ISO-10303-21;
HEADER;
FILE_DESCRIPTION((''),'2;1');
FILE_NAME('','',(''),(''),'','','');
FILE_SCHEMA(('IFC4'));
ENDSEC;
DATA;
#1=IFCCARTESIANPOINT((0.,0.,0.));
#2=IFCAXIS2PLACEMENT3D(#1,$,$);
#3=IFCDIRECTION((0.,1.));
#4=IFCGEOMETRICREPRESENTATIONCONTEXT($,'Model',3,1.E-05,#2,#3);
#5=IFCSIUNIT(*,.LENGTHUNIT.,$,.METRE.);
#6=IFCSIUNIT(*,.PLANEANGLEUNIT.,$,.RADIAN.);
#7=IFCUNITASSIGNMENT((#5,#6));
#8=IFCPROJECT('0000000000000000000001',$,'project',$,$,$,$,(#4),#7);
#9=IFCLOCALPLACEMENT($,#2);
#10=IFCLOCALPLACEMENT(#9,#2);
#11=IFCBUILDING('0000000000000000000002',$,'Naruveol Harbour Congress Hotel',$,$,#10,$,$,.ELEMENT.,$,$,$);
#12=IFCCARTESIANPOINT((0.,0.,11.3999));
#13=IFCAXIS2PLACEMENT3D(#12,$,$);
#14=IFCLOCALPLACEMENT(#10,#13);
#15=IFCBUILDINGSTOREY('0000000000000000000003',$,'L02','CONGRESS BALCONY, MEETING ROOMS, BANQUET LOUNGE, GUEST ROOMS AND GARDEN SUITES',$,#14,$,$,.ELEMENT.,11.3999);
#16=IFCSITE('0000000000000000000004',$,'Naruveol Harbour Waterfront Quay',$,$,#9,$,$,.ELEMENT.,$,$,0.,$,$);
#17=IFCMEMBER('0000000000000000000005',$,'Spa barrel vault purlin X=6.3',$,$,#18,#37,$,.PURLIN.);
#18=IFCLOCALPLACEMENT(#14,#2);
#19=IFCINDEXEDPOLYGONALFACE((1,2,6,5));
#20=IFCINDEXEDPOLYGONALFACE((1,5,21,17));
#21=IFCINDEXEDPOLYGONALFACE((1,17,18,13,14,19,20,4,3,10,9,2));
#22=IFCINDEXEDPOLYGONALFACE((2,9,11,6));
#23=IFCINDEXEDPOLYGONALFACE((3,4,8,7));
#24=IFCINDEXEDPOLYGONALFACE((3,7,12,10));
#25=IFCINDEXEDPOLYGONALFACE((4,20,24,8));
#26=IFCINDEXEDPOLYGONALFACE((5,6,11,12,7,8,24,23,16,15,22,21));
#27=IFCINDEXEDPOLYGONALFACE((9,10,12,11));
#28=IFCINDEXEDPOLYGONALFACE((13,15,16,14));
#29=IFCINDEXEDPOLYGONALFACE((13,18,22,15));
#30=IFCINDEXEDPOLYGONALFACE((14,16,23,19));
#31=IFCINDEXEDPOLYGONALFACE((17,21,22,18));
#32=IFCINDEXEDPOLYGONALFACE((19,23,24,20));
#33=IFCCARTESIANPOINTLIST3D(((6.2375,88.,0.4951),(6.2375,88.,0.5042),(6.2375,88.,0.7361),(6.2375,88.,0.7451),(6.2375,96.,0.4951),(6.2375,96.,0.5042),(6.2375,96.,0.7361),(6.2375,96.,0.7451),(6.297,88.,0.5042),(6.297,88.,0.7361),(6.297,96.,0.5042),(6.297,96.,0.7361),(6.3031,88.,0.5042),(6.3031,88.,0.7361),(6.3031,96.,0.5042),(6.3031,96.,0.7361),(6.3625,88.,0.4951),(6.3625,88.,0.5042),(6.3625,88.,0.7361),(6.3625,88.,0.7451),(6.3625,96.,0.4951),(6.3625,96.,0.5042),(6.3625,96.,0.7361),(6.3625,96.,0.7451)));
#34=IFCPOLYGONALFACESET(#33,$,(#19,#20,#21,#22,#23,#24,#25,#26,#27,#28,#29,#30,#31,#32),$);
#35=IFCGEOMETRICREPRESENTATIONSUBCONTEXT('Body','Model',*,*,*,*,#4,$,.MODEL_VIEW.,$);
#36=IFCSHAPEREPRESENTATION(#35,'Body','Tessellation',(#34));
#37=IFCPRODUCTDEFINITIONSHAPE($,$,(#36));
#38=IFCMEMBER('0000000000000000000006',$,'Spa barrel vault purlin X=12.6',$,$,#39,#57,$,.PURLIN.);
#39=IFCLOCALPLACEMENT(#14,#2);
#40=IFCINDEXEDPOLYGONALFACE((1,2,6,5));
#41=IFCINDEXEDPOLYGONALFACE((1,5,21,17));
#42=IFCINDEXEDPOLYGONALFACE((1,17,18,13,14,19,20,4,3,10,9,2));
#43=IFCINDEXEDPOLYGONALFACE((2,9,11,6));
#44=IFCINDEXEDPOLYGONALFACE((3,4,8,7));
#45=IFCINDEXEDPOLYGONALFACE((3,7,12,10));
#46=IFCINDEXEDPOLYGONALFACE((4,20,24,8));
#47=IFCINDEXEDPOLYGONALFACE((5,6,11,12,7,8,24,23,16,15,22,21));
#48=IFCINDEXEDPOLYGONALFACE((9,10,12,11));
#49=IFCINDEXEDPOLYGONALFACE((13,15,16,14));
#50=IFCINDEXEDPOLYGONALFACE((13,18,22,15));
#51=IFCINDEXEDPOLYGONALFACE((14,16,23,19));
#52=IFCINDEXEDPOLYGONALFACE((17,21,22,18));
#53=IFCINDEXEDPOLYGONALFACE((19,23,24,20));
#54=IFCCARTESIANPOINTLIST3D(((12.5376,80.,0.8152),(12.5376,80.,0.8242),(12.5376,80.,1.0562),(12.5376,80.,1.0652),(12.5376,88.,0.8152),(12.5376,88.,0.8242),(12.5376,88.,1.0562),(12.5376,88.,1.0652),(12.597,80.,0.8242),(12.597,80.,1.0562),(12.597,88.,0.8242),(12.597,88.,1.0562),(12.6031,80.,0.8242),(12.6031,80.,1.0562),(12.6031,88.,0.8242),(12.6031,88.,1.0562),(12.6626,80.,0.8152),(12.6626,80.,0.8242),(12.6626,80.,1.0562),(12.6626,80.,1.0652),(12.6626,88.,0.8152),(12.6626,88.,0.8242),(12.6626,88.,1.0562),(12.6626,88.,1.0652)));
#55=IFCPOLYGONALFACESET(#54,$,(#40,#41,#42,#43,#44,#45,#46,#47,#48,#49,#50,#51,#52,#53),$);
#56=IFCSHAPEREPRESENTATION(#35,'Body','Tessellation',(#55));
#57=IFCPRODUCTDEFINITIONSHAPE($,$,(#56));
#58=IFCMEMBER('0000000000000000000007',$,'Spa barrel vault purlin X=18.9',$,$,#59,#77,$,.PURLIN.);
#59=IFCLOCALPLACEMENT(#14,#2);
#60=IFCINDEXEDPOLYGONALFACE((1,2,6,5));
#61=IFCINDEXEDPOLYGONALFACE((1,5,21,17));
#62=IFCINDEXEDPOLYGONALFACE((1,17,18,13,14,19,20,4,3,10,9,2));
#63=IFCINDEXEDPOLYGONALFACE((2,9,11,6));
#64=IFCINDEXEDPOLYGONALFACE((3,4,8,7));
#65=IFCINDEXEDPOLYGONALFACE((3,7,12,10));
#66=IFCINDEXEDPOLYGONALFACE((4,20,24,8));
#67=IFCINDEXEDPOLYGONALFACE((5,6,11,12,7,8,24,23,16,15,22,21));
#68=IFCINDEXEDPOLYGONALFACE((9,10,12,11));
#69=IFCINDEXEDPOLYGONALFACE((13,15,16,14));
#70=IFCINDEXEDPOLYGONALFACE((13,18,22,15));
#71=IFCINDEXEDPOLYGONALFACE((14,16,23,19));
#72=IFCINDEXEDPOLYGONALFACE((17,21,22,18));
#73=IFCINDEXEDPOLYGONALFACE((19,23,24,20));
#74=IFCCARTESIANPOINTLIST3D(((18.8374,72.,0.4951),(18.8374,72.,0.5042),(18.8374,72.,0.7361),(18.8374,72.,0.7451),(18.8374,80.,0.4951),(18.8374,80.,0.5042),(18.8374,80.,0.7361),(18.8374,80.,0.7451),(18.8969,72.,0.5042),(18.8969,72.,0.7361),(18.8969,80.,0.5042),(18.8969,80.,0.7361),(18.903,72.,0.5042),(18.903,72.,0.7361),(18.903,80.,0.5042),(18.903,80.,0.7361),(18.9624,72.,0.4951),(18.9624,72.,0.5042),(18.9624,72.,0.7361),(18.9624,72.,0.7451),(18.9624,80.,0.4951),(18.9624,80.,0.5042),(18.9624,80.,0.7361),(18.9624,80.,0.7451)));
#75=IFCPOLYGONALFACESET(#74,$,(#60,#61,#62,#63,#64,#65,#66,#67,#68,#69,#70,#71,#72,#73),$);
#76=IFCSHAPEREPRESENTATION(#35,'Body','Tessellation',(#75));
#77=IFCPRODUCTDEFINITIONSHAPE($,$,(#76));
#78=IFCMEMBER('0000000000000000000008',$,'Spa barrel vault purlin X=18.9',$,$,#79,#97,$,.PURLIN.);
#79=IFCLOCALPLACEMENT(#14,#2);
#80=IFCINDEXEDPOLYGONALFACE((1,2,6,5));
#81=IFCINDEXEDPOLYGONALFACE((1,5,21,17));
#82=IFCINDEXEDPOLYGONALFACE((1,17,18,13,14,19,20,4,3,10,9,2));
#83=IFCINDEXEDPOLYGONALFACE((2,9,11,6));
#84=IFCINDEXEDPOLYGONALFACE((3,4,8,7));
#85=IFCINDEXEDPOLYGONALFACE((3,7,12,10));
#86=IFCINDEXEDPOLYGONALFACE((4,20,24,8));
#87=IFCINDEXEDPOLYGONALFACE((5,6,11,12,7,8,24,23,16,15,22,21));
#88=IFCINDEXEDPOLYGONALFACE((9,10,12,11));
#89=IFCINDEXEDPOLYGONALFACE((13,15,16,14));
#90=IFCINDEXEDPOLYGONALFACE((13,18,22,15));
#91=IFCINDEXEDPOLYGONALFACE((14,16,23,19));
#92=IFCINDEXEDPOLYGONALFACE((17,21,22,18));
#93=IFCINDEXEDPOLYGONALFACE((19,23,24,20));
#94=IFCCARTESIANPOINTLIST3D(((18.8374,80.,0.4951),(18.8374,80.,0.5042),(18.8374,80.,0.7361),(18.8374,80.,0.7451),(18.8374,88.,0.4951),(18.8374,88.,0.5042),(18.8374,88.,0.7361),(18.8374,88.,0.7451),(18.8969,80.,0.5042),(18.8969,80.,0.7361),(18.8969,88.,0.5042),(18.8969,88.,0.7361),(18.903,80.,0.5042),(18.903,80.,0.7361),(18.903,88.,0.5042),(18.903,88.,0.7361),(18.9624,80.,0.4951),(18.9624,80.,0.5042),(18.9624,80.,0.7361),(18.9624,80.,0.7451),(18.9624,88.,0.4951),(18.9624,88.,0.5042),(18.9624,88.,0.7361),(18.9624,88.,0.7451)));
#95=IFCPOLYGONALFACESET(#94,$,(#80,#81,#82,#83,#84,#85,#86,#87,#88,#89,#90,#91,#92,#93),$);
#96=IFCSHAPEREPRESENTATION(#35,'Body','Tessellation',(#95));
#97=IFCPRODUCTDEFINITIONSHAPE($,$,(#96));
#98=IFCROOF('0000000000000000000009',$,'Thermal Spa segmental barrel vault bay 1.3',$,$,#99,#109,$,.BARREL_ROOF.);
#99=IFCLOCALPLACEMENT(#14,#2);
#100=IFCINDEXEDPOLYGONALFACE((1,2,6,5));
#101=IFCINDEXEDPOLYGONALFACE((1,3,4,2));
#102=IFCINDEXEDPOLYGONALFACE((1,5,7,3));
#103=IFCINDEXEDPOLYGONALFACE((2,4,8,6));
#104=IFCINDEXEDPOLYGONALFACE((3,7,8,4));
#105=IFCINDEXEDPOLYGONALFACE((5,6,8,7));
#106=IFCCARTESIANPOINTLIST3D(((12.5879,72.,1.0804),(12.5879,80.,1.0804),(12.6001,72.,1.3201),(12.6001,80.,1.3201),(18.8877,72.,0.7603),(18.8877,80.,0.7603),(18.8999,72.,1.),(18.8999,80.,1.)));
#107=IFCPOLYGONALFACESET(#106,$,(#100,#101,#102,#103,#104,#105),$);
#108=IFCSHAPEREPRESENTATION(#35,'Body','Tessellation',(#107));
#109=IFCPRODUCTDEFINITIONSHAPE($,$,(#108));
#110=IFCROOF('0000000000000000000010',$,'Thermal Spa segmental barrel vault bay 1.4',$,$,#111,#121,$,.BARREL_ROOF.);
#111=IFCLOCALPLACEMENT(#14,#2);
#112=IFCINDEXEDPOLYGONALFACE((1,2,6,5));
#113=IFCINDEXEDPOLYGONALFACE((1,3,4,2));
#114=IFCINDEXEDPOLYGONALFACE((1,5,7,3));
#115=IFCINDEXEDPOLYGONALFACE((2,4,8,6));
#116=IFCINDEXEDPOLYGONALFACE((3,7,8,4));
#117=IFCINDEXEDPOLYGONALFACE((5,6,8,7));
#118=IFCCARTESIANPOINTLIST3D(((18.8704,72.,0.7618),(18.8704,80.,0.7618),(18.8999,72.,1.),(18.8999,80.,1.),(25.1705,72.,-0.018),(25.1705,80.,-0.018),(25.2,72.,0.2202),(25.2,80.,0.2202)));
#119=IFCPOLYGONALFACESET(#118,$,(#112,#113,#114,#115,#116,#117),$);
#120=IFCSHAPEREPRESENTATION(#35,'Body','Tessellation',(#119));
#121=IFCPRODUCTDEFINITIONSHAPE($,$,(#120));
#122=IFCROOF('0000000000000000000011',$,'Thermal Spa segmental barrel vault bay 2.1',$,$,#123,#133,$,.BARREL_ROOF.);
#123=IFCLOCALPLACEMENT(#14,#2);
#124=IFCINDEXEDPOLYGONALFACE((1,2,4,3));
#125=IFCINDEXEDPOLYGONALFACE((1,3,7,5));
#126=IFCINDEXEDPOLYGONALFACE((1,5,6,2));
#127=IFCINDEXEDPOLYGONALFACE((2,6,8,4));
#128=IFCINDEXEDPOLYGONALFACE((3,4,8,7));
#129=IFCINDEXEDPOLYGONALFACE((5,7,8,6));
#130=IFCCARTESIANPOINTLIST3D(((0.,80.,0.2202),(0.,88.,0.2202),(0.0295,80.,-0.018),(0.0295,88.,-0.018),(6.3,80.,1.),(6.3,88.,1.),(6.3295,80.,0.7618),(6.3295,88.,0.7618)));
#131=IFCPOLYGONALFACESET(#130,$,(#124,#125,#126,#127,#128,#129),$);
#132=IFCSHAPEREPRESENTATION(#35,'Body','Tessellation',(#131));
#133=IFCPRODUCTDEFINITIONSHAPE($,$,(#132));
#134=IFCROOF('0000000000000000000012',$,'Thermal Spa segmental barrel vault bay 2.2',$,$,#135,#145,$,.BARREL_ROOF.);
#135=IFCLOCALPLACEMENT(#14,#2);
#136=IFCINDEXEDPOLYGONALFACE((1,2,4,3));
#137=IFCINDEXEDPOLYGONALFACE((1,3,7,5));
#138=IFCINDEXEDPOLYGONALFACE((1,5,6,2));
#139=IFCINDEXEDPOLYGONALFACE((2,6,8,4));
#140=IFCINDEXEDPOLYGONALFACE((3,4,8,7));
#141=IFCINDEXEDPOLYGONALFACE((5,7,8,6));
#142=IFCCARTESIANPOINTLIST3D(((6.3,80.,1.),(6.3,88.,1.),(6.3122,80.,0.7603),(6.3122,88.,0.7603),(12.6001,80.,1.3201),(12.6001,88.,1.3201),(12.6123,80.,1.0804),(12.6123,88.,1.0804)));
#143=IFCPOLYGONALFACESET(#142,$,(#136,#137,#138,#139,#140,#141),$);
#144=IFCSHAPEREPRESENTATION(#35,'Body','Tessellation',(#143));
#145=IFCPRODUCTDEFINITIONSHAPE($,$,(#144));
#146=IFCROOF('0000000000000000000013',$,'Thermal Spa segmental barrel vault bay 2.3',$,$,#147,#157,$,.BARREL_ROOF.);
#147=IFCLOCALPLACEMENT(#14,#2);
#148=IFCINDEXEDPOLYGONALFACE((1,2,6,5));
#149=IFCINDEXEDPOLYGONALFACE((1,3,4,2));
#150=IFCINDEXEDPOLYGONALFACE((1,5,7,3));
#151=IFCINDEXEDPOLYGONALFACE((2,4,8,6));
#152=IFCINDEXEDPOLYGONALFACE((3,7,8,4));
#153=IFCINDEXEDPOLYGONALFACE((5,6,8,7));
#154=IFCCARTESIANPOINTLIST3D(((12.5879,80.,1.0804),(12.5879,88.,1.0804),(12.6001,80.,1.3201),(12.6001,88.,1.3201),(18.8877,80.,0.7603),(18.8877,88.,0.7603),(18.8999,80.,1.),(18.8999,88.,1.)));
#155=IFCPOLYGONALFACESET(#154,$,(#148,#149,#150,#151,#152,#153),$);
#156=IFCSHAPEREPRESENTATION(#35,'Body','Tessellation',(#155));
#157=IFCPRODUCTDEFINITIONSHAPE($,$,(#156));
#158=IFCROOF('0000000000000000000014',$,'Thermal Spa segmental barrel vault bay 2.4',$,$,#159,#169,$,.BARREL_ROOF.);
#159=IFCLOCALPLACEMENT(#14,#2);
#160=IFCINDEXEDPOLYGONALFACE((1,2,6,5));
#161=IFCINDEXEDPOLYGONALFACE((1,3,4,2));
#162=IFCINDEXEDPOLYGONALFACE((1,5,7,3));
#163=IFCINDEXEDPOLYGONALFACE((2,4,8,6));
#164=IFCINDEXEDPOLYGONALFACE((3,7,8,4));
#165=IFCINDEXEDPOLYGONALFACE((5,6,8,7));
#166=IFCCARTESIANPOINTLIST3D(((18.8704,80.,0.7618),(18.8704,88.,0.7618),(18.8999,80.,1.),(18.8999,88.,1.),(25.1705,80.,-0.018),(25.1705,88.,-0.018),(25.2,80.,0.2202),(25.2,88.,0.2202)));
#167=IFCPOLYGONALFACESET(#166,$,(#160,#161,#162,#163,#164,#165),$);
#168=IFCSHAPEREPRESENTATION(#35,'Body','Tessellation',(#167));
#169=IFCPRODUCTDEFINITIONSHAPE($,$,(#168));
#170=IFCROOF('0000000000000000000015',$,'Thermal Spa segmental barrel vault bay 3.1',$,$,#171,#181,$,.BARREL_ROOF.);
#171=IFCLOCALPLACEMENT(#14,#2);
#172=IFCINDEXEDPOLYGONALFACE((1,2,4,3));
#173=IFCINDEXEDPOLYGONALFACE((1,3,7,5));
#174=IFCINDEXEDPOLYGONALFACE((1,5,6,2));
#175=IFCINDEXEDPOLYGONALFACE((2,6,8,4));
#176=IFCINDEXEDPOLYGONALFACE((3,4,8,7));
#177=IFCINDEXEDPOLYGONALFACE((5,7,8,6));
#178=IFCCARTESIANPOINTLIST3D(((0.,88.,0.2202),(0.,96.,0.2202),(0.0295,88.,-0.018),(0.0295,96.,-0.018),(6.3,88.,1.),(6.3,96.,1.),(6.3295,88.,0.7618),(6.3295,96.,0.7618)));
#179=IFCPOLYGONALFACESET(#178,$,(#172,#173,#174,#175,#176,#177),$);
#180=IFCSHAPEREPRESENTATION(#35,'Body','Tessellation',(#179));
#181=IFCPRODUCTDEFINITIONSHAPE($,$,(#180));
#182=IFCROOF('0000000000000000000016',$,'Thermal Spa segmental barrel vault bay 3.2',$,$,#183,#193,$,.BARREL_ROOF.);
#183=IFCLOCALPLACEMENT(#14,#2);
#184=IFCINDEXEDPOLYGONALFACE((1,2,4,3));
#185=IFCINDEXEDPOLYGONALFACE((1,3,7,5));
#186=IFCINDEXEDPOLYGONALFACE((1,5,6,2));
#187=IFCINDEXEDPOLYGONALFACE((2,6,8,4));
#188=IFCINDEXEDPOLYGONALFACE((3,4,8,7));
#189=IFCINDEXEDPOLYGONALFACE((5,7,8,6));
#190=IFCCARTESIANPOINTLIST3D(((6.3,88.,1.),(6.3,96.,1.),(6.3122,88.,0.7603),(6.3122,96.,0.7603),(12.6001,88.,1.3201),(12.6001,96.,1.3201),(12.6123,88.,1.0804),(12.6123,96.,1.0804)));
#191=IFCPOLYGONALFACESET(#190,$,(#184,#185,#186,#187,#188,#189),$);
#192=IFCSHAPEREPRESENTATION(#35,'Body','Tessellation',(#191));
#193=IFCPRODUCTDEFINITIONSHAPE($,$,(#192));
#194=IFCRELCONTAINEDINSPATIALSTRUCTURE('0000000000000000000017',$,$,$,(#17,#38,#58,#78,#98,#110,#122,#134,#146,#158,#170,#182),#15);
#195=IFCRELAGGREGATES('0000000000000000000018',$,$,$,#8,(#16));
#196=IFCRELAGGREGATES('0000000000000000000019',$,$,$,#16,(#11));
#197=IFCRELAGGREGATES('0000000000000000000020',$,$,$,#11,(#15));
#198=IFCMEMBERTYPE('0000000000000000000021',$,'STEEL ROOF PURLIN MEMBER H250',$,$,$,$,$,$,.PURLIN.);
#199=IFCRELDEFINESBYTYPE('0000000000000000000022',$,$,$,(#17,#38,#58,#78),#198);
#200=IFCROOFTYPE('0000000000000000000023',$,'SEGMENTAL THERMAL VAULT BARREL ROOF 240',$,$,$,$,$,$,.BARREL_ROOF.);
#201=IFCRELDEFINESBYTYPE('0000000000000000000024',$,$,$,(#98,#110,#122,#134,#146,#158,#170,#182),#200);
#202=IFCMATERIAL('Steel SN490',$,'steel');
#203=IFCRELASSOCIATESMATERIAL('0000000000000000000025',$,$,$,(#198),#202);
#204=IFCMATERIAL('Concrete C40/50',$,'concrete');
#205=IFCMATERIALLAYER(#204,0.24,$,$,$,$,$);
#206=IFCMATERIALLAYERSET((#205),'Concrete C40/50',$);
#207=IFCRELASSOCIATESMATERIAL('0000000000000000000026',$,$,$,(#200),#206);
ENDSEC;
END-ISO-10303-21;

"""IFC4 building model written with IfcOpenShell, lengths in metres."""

from ifc_helpers import new_model, si_unit, direction, frame, origin, origin_2d, place, context, subcontext, project, spatial, polyline, i_section, outline, extrude, material, layer, layer_set, material_profile, profile_set, type_object, element, save


model = new_model("IFC4")

# Units and contexts
model_context = context("Model", 3, precision=1e-05, world=origin(), true_north=direction((0.0, 1.0)))
body_context = subcontext(model_context, "Body", "Model", "MODEL_VIEW")
ifc_project = project(units=[si_unit("LENGTHUNIT", "METRE"), si_unit("PLANEANGLEUNIT", "RADIAN")], contexts=[model_context])

# Site, building, storey
site_placement = place(None, origin())
site = spatial("IfcSite", under=ifc_project, at=site_placement, Name="Naruveol Harbour Waterfront Quay", CompositionType="ELEMENT", RefElevation=0.0)
building_placement = place(site_placement, origin())
building = spatial("IfcBuilding", under=site, at=building_placement, Name="Naruveol Harbour Congress Hotel", CompositionType="ELEMENT")
storey_placement = place(building_placement, frame((0.0, 0.0, 11.3999)))
storey = spatial("IfcBuildingStorey", under=building, at=storey_placement, Name="L02", Description="CONGRESS BALCONY, MEETING ROOMS, BANQUET LOUNGE, GUEST ROOMS AND GARDEN SUITES", CompositionType="ELEMENT", Elevation=11.3999)

# Members
ifc_material_1 = material(Name="Steel SN490", Category="steel")
ifc_material_profile_1 = material_profile(ifc_material_1, i_section(OverallWidth=0.125, OverallDepth=0.25, WebThickness=0.0061, FlangeThickness=0.009, at=origin_2d()), Name="H-250x125x6x9")
ifc_profile_set_1 = profile_set([ifc_material_profile_1], Name="Steel SN490")
member_type_1 = type_object("IfcMemberType", Name="STEEL ROOF PURLIN MEMBER H250", PredefinedType="PURLIN", material=ifc_profile_set_1)
for number, where, z_axis, x_axis, name in (
    (1, (6.3, 88.0, 0.6201), (0.0, 1.0, 0.0), (-1.0, 0.0, 0.0), "Spa barrel vault purlin X=6.3"),
    (2, (12.6001, 80.0, 0.9402), (0.0, 1.0, 0.0), (-1.0, 0.0, 0.0), "Spa barrel vault purlin X=12.6"),
    (3, (18.8999, 72.0, 0.6201), (0.0, 1.0, 0.0), (-1.0, 0.0, 0.0), "Spa barrel vault purlin X=18.9"),
    (4, (18.8999, 80.0, 0.6201), (0.0, 1.0, 0.0), (-1.0, 0.0, 0.0), "Spa barrel vault purlin X=18.9"),
):
    element("IfcMember", number, at=place(storey_placement, frame(where, z_axis=z_axis, x_axis=x_axis)), inside=storey, type_object=member_type_1, Name=name, PredefinedType="PURLIN", context=body_context, shape_type="SweptSolid", body=[
        extrude(i_section(OverallWidth=0.125, OverallDepth=0.25, WebThickness=0.0061, FlangeThickness=0.009, at=origin_2d()), origin(), (0.0, 0.0, 1.0), 8.0),
    ])

# Roofs
ifc_material_2 = material(Name="Concrete C40/50", Category="concrete")
ifc_layer = layer(ifc_material_2, 0.24)
ifc_layer_set = layer_set([ifc_layer], Name="Concrete C40/50")
roof_type = type_object("IfcRoofType", Name="SEGMENTAL THERMAL VAULT BARREL ROOF 240", PredefinedType="BARREL_ROOF", material=ifc_layer_set)
roof_1_placement = place(storey_placement, frame((12.6001, 72.0, 1.3201), z_axis=(0.050741, 0.0, 0.998712), x_axis=(0.998712, 0.0, -0.050741)))
element("IfcRoof", 5, at=roof_1_placement, inside=storey, type_object=roof_type, Name="Thermal Spa segmental barrel vault bay 1.3", PredefinedType="BARREL_ROOF", context=body_context, shape_type="SweptSolid", body=[
    extrude(outline(polyline([(0.0, 0.0), (6.3079, 0.0), (6.3079, 8.0), (0.0, 8.0), (0.0, 0.0)])), origin(), (0.0, 0.0, -1.0), 0.24),
])
for number, where, z_axis, x_axis, name in (
    (6, (18.8999, 72.0, 1.0), (0.122837, 0.0, 0.992427), (0.992427, 0.0, -0.122837), "Thermal Spa segmental barrel vault bay 1.4"),
    (7, (0.0, 80.0, 0.2202), (-0.122837, 0.0, 0.992427), (0.992427, 0.0, 0.122837), "Thermal Spa segmental barrel vault bay 2.1"),
):
    element("IfcRoof", number, at=place(storey_placement, frame(where, z_axis=z_axis, x_axis=x_axis)), inside=storey, type_object=roof_type, Name=name, PredefinedType="BARREL_ROOF", context=body_context, shape_type="SweptSolid", body=[
        extrude(outline(polyline([(0.0, 0.0), (6.3481, 0.0), (6.3481, 8.0), (0.0, 8.0), (0.0, 0.0)])), origin(), (0.0, 0.0, -1.0), 0.24),
    ])
roof_2_placement = place(storey_placement, frame((6.3, 80.0, 1.0), z_axis=(-0.050739, 0.0, 0.998712), x_axis=(0.998712, 0.0, 0.050739)))
element("IfcRoof", 8, at=roof_2_placement, inside=storey, type_object=roof_type, Name="Thermal Spa segmental barrel vault bay 2.2", PredefinedType="BARREL_ROOF", context=body_context, shape_type="SweptSolid", body=[
    extrude(outline(polyline([(0.0, 0.0), (6.3082, 0.0), (6.3082, 8.0), (0.0, 8.0), (0.0, 0.0)])), origin(), (0.0, 0.0, -1.0), 0.24),
])
roof_3_placement = place(storey_placement, frame((12.6001, 80.0, 1.3201), z_axis=(0.050741, 0.0, 0.998712), x_axis=(0.998712, 0.0, -0.050741)))
element("IfcRoof", 9, at=roof_3_placement, inside=storey, type_object=roof_type, Name="Thermal Spa segmental barrel vault bay 2.3", PredefinedType="BARREL_ROOF", context=body_context, shape_type="SweptSolid", body=[
    extrude(outline(polyline([(0.0, 0.0), (6.3079, 0.0), (6.3079, 8.0), (0.0, 8.0), (0.0, 0.0)])), origin(), (0.0, 0.0, -1.0), 0.24),
])
for number, where, z_axis, x_axis, name in (
    (10, (18.8999, 80.0, 1.0), (0.122837, 0.0, 0.992427), (0.992427, 0.0, -0.122837), "Thermal Spa segmental barrel vault bay 2.4"),
    (11, (0.0, 88.0, 0.2202), (-0.122837, 0.0, 0.992427), (0.992427, 0.0, 0.122837), "Thermal Spa segmental barrel vault bay 3.1"),
):
    element("IfcRoof", number, at=place(storey_placement, frame(where, z_axis=z_axis, x_axis=x_axis)), inside=storey, type_object=roof_type, Name=name, PredefinedType="BARREL_ROOF", context=body_context, shape_type="SweptSolid", body=[
        extrude(outline(polyline([(0.0, 0.0), (6.3481, 0.0), (6.3481, 8.0), (0.0, 8.0), (0.0, 0.0)])), origin(), (0.0, 0.0, -1.0), 0.24),
    ])
roof_4_placement = place(storey_placement, frame((6.3, 88.0, 1.0), z_axis=(-0.050739, 0.0, 0.998712), x_axis=(0.998712, 0.0, 0.050739)))
element("IfcRoof", 12, at=roof_4_placement, inside=storey, type_object=roof_type, Name="Thermal Spa segmental barrel vault bay 3.2", PredefinedType="BARREL_ROOF", context=body_context, shape_type="SweptSolid", body=[
    extrude(outline(polyline([(0.0, 0.0), (6.3082, 0.0), (6.3082, 8.0), (0.0, 8.0), (0.0, 0.0)])), origin(), (0.0, 0.0, -1.0), 0.24),
])

save(model, "model.ifc")
